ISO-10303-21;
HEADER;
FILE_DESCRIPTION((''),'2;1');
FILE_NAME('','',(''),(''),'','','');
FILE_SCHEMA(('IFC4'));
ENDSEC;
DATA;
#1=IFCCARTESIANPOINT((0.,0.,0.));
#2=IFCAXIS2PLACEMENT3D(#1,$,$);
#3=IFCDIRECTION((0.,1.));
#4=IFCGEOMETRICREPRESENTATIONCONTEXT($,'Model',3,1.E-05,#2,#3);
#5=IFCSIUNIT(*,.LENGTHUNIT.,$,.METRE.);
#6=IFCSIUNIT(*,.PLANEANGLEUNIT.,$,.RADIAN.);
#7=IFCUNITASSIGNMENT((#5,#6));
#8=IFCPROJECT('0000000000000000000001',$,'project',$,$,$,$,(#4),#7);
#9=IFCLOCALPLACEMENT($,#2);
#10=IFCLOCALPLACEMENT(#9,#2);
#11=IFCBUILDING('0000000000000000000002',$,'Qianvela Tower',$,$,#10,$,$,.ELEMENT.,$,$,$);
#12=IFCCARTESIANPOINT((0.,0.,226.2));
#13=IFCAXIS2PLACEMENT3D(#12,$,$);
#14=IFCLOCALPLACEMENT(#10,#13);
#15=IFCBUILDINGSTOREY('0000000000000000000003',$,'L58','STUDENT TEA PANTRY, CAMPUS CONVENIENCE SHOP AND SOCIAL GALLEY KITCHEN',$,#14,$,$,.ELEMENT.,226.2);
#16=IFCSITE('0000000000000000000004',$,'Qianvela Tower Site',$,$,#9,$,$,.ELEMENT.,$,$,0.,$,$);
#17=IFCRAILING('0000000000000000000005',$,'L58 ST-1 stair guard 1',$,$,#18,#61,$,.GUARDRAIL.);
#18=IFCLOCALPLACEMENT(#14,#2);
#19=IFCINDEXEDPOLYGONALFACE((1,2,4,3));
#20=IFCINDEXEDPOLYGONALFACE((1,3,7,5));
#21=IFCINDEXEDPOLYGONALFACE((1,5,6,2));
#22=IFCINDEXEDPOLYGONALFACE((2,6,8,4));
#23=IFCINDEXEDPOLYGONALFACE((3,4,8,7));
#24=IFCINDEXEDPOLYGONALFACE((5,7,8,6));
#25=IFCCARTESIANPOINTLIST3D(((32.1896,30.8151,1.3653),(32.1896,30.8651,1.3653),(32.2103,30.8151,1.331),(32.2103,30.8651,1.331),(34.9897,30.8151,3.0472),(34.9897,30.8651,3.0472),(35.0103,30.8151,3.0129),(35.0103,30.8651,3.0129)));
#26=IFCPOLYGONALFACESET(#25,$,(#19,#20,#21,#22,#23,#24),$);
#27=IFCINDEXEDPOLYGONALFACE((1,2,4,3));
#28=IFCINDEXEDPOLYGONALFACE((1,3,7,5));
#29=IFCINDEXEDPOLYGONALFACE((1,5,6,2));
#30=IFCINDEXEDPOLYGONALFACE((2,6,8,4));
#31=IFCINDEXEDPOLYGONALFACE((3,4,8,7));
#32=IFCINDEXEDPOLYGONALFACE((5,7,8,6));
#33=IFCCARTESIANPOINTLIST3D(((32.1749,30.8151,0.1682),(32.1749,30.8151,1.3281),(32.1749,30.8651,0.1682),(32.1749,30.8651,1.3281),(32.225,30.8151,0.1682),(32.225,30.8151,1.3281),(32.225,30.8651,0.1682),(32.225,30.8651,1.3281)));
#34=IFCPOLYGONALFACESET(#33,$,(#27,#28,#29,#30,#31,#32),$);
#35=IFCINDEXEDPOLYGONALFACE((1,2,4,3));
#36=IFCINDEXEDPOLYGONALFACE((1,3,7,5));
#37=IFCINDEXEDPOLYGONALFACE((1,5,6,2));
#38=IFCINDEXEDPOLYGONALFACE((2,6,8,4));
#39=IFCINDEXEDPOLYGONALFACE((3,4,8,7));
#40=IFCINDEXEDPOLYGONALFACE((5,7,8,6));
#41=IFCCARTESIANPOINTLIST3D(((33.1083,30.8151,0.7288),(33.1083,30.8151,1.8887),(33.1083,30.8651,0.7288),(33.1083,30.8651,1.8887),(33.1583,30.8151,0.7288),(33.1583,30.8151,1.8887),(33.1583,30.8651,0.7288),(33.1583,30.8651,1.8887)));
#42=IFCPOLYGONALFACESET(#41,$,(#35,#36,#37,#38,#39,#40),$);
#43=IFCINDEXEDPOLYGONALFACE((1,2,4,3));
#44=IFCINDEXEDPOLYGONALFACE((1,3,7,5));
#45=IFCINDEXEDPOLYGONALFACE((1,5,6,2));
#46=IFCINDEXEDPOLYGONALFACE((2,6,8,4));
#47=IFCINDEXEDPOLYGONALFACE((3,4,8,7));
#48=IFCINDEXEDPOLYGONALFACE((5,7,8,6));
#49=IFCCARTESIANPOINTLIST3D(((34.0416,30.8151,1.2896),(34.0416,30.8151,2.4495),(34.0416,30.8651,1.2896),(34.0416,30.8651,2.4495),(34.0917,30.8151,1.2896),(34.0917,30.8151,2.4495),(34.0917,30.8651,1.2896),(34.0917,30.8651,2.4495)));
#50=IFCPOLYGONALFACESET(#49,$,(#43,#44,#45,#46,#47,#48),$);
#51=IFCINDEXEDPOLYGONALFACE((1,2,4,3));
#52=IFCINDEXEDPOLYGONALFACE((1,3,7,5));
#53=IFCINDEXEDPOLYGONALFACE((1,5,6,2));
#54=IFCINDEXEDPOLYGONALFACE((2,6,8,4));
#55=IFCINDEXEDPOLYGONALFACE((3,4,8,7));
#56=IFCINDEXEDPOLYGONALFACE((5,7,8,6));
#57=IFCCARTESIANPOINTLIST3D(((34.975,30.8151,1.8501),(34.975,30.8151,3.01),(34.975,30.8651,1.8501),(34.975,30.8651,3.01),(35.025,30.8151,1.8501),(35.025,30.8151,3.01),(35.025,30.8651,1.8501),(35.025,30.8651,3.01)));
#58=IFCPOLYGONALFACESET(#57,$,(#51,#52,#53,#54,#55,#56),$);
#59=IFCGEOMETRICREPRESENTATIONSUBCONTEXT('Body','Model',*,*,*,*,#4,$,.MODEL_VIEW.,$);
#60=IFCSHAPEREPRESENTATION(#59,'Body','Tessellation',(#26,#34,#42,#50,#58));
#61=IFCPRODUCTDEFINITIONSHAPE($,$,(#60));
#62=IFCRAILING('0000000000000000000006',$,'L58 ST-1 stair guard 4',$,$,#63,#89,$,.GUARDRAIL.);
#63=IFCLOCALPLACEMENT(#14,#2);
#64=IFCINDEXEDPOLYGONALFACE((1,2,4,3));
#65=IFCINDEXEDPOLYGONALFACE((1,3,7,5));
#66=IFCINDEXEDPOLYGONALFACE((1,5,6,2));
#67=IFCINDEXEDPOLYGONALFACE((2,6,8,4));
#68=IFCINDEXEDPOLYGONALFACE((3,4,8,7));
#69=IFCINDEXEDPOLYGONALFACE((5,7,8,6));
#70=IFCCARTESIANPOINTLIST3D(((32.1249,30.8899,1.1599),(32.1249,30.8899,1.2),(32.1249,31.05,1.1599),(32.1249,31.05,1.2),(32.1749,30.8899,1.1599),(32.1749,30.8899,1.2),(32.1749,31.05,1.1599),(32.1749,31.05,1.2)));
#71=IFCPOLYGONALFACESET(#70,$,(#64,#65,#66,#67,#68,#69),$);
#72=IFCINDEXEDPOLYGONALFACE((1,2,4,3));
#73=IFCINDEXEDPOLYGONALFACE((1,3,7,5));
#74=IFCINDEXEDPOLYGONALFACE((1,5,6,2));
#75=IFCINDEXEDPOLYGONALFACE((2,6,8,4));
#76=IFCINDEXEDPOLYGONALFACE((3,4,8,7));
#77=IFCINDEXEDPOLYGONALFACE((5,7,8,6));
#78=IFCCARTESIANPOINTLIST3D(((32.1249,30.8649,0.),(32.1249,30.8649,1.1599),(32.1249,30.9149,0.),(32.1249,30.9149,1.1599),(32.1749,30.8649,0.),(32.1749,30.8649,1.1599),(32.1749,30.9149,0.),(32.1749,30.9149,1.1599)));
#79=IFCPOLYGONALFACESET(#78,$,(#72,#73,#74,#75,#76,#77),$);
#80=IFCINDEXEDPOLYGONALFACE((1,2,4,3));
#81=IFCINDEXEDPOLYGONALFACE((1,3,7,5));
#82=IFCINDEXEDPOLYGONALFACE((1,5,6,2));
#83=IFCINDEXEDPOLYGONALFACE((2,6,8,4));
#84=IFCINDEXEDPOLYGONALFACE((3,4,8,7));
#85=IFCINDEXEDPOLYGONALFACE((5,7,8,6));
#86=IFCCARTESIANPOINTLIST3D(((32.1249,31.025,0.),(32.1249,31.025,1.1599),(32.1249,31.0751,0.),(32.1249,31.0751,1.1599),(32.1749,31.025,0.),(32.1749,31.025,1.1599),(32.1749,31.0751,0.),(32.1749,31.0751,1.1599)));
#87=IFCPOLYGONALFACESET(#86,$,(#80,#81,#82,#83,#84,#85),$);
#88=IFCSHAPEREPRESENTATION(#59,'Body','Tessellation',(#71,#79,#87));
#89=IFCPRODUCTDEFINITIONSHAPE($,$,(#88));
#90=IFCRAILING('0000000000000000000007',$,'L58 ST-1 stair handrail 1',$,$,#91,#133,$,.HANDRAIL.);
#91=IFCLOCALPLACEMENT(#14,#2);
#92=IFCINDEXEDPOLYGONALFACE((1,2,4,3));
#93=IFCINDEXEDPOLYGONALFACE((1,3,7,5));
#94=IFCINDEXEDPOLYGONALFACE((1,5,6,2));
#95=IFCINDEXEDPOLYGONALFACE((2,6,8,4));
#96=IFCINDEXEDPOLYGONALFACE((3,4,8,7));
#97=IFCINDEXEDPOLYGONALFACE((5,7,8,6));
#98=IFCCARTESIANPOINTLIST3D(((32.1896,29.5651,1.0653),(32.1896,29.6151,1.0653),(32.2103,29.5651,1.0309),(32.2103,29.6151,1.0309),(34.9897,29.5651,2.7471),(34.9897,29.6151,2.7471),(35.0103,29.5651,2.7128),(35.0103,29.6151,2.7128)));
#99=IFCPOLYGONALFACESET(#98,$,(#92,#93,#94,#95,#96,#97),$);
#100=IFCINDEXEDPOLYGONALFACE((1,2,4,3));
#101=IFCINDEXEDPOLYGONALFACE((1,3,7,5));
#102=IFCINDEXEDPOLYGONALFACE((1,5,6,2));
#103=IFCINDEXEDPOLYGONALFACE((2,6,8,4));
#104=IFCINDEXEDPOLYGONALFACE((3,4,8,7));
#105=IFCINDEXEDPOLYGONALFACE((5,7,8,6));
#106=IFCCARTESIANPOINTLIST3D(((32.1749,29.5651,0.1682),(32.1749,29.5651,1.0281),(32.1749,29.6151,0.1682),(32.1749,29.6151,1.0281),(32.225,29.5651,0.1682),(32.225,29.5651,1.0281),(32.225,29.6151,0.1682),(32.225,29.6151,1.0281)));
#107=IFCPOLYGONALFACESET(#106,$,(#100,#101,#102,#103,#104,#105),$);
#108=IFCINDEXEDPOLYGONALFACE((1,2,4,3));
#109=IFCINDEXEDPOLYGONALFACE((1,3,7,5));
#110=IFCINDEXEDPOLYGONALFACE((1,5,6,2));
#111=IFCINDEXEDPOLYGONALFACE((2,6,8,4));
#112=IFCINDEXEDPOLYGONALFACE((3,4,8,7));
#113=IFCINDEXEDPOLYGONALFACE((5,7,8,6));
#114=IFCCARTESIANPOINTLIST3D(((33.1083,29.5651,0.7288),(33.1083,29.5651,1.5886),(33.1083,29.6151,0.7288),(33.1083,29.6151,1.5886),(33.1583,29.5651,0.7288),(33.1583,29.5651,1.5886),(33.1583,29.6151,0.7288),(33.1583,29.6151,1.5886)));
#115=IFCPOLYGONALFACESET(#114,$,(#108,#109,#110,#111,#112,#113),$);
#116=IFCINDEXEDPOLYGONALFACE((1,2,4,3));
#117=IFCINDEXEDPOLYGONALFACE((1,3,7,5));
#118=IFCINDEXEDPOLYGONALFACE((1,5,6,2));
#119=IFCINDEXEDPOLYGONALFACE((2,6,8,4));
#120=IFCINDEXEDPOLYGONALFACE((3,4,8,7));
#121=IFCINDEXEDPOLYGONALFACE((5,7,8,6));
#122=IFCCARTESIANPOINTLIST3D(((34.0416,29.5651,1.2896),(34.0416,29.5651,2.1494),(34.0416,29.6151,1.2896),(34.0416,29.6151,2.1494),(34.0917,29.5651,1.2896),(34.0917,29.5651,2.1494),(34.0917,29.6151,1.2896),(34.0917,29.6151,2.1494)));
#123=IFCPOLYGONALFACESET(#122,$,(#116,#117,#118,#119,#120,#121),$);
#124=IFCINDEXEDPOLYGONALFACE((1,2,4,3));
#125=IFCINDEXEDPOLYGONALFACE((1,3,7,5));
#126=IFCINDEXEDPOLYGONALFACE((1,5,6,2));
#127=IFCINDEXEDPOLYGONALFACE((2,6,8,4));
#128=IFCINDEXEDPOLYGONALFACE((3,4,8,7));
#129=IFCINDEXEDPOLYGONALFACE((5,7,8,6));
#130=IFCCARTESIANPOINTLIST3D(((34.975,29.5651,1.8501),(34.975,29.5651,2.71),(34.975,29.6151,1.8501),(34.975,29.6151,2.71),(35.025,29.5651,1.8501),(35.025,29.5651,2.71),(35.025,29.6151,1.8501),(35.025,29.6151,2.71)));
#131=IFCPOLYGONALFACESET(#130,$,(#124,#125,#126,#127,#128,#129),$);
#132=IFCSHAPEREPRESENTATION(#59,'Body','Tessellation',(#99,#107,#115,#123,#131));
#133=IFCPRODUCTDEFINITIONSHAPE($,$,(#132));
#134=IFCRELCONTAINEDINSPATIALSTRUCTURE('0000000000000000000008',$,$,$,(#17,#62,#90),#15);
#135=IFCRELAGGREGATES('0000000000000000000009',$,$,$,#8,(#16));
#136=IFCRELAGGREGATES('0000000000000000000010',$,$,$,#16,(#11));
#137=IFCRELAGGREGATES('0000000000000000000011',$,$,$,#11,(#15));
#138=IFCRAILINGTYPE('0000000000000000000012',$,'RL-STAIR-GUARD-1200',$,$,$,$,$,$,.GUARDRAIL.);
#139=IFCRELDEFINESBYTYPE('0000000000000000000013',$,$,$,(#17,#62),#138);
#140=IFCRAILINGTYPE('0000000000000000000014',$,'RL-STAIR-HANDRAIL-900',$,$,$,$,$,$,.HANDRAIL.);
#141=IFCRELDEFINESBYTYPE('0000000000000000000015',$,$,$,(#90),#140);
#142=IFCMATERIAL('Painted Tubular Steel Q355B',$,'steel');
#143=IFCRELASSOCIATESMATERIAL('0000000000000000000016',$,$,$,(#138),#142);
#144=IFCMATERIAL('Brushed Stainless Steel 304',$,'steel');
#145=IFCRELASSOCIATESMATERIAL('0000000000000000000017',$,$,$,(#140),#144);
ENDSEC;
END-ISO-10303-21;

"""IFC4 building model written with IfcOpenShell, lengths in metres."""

from ifc_helpers import new_model, si_unit, direction, frame, origin, origin_2d, place, context, subcontext, project, spatial, rectangle, extrude, material, type_object, element, save


model = new_model("IFC4")

# Units and contexts
model_context = context("Model", 3, precision=1e-05, world=origin(), true_north=direction((0.0, 1.0)))
body_context = subcontext(model_context, "Body", "Model", "MODEL_VIEW")
ifc_project = project(units=[si_unit("LENGTHUNIT", "METRE"), si_unit("PLANEANGLEUNIT", "RADIAN")], contexts=[model_context])

# Site, building, storey
site_placement = place(None, origin())
site = spatial("IfcSite", under=ifc_project, at=site_placement, Name="Qianvela Tower Site", CompositionType="ELEMENT", RefElevation=0.0)
building_placement = place(site_placement, origin())
building = spatial("IfcBuilding", under=site, at=building_placement, Name="Qianvela Tower", CompositionType="ELEMENT")
storey_placement = place(building_placement, frame((0.0, 0.0, 226.2)))
storey = spatial("IfcBuildingStorey", under=building, at=storey_placement, Name="L58", Description="STUDENT TEA PANTRY, CAMPUS CONVENIENCE SHOP AND SOCIAL GALLEY KITCHEN", CompositionType="ELEMENT", Elevation=226.2)

# Railings
ifc_material_1 = material(Name="Painted Tubular Steel Q355B", Category="steel")
railing_type_1 = type_object("IfcRailingType", Name="RL-STAIR-GUARD-1200", PredefinedType="GUARDRAIL", material=ifc_material_1)
railing_1_placement = place(storey_placement, frame((32.2, 30.8401, 0.1682)))
element("IfcRailing", 1, at=railing_1_placement, inside=storey, type_object=railing_type_1, Name="L58 ST-1 stair guard 1", PredefinedType="GUARDRAIL", context=body_context, shape_type="SweptSolid", body=[
    extrude(rectangle(XDim=0.05, YDim=0.04, at=origin_2d()), frame((0.0, 0.0, 1.1799), z_axis=(0.857242, 0.0, 0.514913), x_axis=(0.0, 1.0, 0.0)), (0.0, 0.0, 1.0), 3.2664),
    extrude(rectangle(XDim=0.05, YDim=0.05, at=origin_2d()), origin(), (0.0, 0.0, 1.0), 1.1599),
    extrude(rectangle(XDim=0.05, YDim=0.05, at=origin_2d()), frame((0.9333, 0.0, 0.5605)), (0.0, 0.0, 1.0), 1.1599),
    extrude(rectangle(XDim=0.05, YDim=0.05, at=origin_2d()), frame((1.8667, 0.0, 1.1213)), (0.0, 0.0, 1.0), 1.1599),
    extrude(rectangle(XDim=0.05, YDim=0.05, at=origin_2d()), frame((2.8, 0.0, 1.6819)), (0.0, 0.0, 1.0), 1.1599),
])
railing_2_placement = place(storey_placement, frame((32.1499, 30.8899, 0.0)))
element("IfcRailing", 2, at=railing_2_placement, inside=storey, type_object=railing_type_1, Name="L58 ST-1 stair guard 4", PredefinedType="GUARDRAIL", context=body_context, shape_type="SweptSolid", body=[
    extrude(rectangle(XDim=0.05, YDim=0.04, at=origin_2d()), frame((0.0, 0.0, 1.1799), z_axis=(0.0, 1.0, 0.0), x_axis=(-1.0, 0.0, 0.0)), (0.0, 0.0, 1.0), 0.1602),
    extrude(rectangle(XDim=0.05, YDim=0.05, at=origin_2d()), origin(), (0.0, 0.0, 1.0), 1.1599),
    extrude(rectangle(XDim=0.05, YDim=0.05, at=origin_2d()), frame((0.0, 0.1602, 0.0)), (0.0, 0.0, 1.0), 1.1599),
])
ifc_material_2 = material(Name="Brushed Stainless Steel 304", Category="steel")
railing_type_2 = type_object("IfcRailingType", Name="RL-STAIR-HANDRAIL-900", PredefinedType="HANDRAIL", material=ifc_material_2)
railing_3_placement = place(storey_placement, frame((32.2, 29.5901, 0.1682)))
element("IfcRailing", 3, at=railing_3_placement, inside=storey, type_object=railing_type_2, Name="L58 ST-1 stair handrail 1", PredefinedType="HANDRAIL", context=body_context, shape_type="SweptSolid", body=[
    extrude(rectangle(XDim=0.05, YDim=0.04, at=origin_2d()), frame((0.0, 0.0, 0.8799), z_axis=(0.857242, 0.0, 0.514913), x_axis=(0.0, 1.0, 0.0)), (0.0, 0.0, 1.0), 3.2664),
    extrude(rectangle(XDim=0.05, YDim=0.05, at=origin_2d()), origin(), (0.0, 0.0, 1.0), 0.8599),
    extrude(rectangle(XDim=0.05, YDim=0.05, at=origin_2d()), frame((0.9333, 0.0, 0.5605)), (0.0, 0.0, 1.0), 0.8599),
    extrude(rectangle(XDim=0.05, YDim=0.05, at=origin_2d()), frame((1.8667, 0.0, 1.1213)), (0.0, 0.0, 1.0), 0.8599),
    extrude(rectangle(XDim=0.05, YDim=0.05, at=origin_2d()), frame((2.8, 0.0, 1.6819)), (0.0, 0.0, 1.0), 0.8599),
])

save(model, "model.ifc")
